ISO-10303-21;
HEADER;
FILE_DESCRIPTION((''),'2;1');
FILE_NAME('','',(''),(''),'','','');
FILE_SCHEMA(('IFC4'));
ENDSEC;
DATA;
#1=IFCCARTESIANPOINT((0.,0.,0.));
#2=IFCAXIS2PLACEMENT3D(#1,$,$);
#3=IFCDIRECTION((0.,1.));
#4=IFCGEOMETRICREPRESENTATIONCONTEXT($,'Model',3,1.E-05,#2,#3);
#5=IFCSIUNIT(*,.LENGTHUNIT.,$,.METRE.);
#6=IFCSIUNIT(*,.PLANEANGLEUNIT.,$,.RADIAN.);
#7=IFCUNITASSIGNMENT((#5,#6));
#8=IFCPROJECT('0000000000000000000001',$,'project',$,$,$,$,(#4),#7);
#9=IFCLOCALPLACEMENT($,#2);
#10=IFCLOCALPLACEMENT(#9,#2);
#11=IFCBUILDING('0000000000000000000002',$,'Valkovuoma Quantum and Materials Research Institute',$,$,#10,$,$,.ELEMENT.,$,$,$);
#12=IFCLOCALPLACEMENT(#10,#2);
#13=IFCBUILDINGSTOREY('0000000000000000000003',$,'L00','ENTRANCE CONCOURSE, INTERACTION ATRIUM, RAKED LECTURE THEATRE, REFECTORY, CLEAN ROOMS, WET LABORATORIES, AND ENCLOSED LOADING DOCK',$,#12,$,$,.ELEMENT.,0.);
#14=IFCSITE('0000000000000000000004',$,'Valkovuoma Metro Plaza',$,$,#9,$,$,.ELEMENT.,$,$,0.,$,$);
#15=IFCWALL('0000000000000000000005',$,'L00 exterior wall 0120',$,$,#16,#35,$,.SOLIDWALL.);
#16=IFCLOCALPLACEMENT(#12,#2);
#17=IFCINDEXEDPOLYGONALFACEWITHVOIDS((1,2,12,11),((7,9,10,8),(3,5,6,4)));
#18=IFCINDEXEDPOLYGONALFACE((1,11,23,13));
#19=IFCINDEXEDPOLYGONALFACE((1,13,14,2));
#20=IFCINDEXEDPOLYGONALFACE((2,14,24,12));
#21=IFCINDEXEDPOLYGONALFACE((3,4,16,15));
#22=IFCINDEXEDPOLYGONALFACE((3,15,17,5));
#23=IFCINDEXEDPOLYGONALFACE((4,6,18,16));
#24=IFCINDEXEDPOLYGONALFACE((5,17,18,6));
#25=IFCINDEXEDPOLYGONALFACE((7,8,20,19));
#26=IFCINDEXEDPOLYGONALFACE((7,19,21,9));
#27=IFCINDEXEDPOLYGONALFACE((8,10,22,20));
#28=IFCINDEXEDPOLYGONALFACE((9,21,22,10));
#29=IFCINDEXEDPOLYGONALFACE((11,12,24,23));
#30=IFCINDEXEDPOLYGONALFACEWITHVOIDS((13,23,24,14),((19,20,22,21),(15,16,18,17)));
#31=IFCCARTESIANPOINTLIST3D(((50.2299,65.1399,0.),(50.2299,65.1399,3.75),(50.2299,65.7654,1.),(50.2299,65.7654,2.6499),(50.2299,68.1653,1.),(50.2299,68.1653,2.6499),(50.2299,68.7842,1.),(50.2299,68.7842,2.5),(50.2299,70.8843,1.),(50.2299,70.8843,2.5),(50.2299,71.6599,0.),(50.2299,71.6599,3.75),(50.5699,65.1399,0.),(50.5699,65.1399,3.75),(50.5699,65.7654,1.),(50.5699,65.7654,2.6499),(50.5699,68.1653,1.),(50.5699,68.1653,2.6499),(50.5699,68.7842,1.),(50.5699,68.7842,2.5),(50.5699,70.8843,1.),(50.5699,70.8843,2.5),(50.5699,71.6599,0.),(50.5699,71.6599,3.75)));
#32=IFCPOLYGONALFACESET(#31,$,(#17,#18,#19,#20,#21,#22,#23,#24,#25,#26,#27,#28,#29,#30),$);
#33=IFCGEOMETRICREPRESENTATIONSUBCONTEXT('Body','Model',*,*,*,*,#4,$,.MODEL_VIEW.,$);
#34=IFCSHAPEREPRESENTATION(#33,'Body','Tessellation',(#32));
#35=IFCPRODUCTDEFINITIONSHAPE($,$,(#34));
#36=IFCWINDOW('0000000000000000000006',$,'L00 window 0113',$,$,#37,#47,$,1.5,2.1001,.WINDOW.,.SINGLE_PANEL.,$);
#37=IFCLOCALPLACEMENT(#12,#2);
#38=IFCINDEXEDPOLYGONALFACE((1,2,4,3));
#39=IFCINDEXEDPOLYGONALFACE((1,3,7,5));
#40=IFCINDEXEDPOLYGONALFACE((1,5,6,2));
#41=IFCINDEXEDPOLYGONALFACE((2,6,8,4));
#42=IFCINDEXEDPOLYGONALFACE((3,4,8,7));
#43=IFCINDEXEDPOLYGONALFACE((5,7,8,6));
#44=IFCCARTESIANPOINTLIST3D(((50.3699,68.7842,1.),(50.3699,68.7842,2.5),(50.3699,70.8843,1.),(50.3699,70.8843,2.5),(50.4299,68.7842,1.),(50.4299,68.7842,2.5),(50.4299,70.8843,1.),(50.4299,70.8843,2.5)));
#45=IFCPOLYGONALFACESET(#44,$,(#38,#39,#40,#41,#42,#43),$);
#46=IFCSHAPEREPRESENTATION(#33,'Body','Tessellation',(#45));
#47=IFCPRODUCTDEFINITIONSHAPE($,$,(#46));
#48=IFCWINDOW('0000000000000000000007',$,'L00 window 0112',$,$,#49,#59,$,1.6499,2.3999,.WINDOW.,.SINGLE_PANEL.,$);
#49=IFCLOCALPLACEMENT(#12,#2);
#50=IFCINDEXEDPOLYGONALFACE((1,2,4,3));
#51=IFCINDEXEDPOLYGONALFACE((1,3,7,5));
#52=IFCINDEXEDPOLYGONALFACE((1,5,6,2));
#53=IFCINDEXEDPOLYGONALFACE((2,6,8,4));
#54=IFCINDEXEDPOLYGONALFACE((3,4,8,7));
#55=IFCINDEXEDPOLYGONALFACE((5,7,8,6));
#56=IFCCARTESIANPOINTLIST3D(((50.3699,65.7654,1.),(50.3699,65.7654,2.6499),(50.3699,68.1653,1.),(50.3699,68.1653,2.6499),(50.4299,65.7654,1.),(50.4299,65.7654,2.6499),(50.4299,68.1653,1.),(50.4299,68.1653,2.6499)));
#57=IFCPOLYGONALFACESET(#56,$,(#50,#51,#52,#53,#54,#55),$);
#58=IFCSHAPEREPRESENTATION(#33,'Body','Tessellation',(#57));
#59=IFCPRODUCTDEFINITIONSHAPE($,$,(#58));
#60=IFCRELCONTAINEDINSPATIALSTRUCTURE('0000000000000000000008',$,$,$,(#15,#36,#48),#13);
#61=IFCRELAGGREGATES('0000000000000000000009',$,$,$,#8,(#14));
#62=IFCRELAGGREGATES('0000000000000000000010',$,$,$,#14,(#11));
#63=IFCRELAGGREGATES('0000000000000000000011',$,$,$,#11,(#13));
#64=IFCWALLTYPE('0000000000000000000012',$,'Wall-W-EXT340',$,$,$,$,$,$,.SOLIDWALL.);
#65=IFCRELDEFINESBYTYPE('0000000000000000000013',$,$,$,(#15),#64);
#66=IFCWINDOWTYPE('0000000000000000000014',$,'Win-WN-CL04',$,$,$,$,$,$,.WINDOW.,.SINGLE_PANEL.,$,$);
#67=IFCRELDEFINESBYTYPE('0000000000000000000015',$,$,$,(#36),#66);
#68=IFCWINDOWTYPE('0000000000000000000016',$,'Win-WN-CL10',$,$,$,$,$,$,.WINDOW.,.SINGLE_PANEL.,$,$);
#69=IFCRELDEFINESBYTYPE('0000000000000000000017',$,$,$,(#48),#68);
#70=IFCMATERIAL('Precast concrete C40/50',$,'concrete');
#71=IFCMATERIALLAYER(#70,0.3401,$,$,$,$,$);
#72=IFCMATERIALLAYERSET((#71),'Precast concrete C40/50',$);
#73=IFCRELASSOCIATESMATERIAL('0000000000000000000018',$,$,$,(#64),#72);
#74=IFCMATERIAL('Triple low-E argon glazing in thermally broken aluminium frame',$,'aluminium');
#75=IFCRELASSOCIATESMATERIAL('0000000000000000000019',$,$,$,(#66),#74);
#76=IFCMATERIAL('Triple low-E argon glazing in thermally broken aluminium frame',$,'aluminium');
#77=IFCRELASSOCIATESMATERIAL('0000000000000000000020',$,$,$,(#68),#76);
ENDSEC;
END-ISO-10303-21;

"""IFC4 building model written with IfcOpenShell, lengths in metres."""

from ifc_helpers import new_model, si_unit, direction, frame, frame_2d, origin, place, context, subcontext, project, spatial, rectangle, extrude, material, layer, layer_set, type_object, element, fill, save


model = new_model("IFC4")

# Units and contexts
model_context = context("Model", 3, precision=1e-05, world=origin(), true_north=direction((0.0, 1.0)))
body_context = subcontext(model_context, "Body", "Model", "MODEL_VIEW")
ifc_project = project(units=[si_unit("LENGTHUNIT", "METRE"), si_unit("PLANEANGLEUNIT", "RADIAN")], contexts=[model_context])

# Site, building, storey
site_placement = place(None, origin())
site = spatial("IfcSite", under=ifc_project, at=site_placement, Name="Valkovuoma Metro Plaza", CompositionType="ELEMENT", RefElevation=0.0)
building_placement = place(site_placement, origin())
building = spatial("IfcBuilding", under=site, at=building_placement, Name="Valkovuoma Quantum and Materials Research Institute", CompositionType="ELEMENT")
storey_placement = place(building_placement, origin())
storey = spatial("IfcBuildingStorey", under=building, at=storey_placement, Name="L00", Description="ENTRANCE CONCOURSE, INTERACTION ATRIUM, RAKED LECTURE THEATRE, REFECTORY, CLEAN ROOMS, WET LABORATORIES, AND ENCLOSED LOADING DOCK", CompositionType="ELEMENT", Elevation=0.0)

# Wall, openings, windows
ifc_material_1 = material(Name="Precast concrete C40/50", Category="concrete")
ifc_layer_1 = layer(ifc_material_1, 0.3401)
ifc_layer_set_1 = layer_set([ifc_layer_1], Name="Precast concrete C40/50")
wall_type_1 = type_object("IfcWallType", Name="Wall-W-EXT340", PredefinedType="SOLIDWALL", material=ifc_layer_set_1)
wall_1_placement = place(storey_placement, frame((50.3999, 65.1399, 0.0), z_axis=(0.0, 0.0, 1.0), x_axis=(0.0, 1.0, 0.0)))
wall_1 = element("IfcWall", 1, at=wall_1_placement, inside=storey, type_object=wall_type_1, Name="L00 exterior wall 0120", PredefinedType="SOLIDWALL", context=body_context, shape_type="SweptSolid", body=[
    extrude(rectangle(XDim=6.52, YDim=0.3401, at=frame_2d((3.26, 0.0))), origin(), (0.0, 0.0, 1.0), 3.75),
])
opening_1_placement = place(wall_1_placement, frame((0.6255, 0.0, 1.0)))
opening_1 = element("IfcOpeningElement", 2, at=opening_1_placement, cuts=wall_1, PredefinedType="OPENING", context=body_context, shape_type="SweptSolid", body=[
    extrude(rectangle(XDim=2.3999, YDim=1.6499, at=frame_2d((1.2, 0.825))), frame((0.0, 0.1802, 0.0), z_axis=(0.0, -1.0, 0.0), x_axis=(1.0, 0.0, 0.0)), (0.0, 0.0, 1.0), 0.3601),
])
opening_2_placement = place(wall_1_placement, frame((3.6443, 0.0, 1.0)))
opening_2 = element("IfcOpeningElement", 3, at=opening_2_placement, cuts=wall_1, PredefinedType="OPENING", context=body_context, shape_type="SweptSolid", body=[
    extrude(rectangle(XDim=2.1001, YDim=1.5, at=frame_2d((1.05, 0.75))), frame((0.0, 0.1802, 0.0), z_axis=(0.0, -1.0, 0.0), x_axis=(1.0, 0.0, 0.0)), (0.0, 0.0, 1.0), 0.3601),
])
ifc_material_2 = material(Name="Triple low-E argon glazing in thermally broken aluminium frame", Category="aluminium")
window_type_1 = type_object("IfcWindowType", Name="Win-WN-CL04", PartitioningType="SINGLE_PANEL", PredefinedType="WINDOW", material=ifc_material_2)
window_1_placement = place(opening_2_placement, origin())
window_1 = element("IfcWindow", 4, at=window_1_placement, inside=storey, type_object=window_type_1, Name="L00 window 0113", OverallHeight=1.5, OverallWidth=2.1001, PartitioningType="SINGLE_PANEL", PredefinedType="WINDOW", context=body_context, shape_type="SweptSolid", body=[
    extrude(rectangle(XDim=2.1001, YDim=1.5, at=frame_2d((1.05, 0.75))), frame((0.0, 0.03, 0.0), z_axis=(0.0, -1.0, 0.0), x_axis=(1.0, 0.0, 0.0)), (0.0, 0.0, 1.0), 0.0601),
])
fill(opening_2, window_1)
ifc_material_3 = material(Name="Triple low-E argon glazing in thermally broken aluminium frame", Category="aluminium")
window_type_2 = type_object("IfcWindowType", Name="Win-WN-CL10", PartitioningType="SINGLE_PANEL", PredefinedType="WINDOW", material=ifc_material_3)
window_2_placement = place(opening_1_placement, origin())
window_2 = element("IfcWindow", 5, at=window_2_placement, inside=storey, type_object=window_type_2, Name="L00 window 0112", OverallHeight=1.6499, OverallWidth=2.3999, PartitioningType="SINGLE_PANEL", PredefinedType="WINDOW", context=body_context, shape_type="SweptSolid", body=[
    extrude(rectangle(XDim=2.3999, YDim=1.6499, at=frame_2d((1.2, 0.825))), frame((0.0, 0.03, 0.0), z_axis=(0.0, -1.0, 0.0), x_axis=(1.0, 0.0, 0.0)), (0.0, 0.0, 1.0), 0.0601),
])
fill(opening_1, window_2)

save(model, "model.ifc")
